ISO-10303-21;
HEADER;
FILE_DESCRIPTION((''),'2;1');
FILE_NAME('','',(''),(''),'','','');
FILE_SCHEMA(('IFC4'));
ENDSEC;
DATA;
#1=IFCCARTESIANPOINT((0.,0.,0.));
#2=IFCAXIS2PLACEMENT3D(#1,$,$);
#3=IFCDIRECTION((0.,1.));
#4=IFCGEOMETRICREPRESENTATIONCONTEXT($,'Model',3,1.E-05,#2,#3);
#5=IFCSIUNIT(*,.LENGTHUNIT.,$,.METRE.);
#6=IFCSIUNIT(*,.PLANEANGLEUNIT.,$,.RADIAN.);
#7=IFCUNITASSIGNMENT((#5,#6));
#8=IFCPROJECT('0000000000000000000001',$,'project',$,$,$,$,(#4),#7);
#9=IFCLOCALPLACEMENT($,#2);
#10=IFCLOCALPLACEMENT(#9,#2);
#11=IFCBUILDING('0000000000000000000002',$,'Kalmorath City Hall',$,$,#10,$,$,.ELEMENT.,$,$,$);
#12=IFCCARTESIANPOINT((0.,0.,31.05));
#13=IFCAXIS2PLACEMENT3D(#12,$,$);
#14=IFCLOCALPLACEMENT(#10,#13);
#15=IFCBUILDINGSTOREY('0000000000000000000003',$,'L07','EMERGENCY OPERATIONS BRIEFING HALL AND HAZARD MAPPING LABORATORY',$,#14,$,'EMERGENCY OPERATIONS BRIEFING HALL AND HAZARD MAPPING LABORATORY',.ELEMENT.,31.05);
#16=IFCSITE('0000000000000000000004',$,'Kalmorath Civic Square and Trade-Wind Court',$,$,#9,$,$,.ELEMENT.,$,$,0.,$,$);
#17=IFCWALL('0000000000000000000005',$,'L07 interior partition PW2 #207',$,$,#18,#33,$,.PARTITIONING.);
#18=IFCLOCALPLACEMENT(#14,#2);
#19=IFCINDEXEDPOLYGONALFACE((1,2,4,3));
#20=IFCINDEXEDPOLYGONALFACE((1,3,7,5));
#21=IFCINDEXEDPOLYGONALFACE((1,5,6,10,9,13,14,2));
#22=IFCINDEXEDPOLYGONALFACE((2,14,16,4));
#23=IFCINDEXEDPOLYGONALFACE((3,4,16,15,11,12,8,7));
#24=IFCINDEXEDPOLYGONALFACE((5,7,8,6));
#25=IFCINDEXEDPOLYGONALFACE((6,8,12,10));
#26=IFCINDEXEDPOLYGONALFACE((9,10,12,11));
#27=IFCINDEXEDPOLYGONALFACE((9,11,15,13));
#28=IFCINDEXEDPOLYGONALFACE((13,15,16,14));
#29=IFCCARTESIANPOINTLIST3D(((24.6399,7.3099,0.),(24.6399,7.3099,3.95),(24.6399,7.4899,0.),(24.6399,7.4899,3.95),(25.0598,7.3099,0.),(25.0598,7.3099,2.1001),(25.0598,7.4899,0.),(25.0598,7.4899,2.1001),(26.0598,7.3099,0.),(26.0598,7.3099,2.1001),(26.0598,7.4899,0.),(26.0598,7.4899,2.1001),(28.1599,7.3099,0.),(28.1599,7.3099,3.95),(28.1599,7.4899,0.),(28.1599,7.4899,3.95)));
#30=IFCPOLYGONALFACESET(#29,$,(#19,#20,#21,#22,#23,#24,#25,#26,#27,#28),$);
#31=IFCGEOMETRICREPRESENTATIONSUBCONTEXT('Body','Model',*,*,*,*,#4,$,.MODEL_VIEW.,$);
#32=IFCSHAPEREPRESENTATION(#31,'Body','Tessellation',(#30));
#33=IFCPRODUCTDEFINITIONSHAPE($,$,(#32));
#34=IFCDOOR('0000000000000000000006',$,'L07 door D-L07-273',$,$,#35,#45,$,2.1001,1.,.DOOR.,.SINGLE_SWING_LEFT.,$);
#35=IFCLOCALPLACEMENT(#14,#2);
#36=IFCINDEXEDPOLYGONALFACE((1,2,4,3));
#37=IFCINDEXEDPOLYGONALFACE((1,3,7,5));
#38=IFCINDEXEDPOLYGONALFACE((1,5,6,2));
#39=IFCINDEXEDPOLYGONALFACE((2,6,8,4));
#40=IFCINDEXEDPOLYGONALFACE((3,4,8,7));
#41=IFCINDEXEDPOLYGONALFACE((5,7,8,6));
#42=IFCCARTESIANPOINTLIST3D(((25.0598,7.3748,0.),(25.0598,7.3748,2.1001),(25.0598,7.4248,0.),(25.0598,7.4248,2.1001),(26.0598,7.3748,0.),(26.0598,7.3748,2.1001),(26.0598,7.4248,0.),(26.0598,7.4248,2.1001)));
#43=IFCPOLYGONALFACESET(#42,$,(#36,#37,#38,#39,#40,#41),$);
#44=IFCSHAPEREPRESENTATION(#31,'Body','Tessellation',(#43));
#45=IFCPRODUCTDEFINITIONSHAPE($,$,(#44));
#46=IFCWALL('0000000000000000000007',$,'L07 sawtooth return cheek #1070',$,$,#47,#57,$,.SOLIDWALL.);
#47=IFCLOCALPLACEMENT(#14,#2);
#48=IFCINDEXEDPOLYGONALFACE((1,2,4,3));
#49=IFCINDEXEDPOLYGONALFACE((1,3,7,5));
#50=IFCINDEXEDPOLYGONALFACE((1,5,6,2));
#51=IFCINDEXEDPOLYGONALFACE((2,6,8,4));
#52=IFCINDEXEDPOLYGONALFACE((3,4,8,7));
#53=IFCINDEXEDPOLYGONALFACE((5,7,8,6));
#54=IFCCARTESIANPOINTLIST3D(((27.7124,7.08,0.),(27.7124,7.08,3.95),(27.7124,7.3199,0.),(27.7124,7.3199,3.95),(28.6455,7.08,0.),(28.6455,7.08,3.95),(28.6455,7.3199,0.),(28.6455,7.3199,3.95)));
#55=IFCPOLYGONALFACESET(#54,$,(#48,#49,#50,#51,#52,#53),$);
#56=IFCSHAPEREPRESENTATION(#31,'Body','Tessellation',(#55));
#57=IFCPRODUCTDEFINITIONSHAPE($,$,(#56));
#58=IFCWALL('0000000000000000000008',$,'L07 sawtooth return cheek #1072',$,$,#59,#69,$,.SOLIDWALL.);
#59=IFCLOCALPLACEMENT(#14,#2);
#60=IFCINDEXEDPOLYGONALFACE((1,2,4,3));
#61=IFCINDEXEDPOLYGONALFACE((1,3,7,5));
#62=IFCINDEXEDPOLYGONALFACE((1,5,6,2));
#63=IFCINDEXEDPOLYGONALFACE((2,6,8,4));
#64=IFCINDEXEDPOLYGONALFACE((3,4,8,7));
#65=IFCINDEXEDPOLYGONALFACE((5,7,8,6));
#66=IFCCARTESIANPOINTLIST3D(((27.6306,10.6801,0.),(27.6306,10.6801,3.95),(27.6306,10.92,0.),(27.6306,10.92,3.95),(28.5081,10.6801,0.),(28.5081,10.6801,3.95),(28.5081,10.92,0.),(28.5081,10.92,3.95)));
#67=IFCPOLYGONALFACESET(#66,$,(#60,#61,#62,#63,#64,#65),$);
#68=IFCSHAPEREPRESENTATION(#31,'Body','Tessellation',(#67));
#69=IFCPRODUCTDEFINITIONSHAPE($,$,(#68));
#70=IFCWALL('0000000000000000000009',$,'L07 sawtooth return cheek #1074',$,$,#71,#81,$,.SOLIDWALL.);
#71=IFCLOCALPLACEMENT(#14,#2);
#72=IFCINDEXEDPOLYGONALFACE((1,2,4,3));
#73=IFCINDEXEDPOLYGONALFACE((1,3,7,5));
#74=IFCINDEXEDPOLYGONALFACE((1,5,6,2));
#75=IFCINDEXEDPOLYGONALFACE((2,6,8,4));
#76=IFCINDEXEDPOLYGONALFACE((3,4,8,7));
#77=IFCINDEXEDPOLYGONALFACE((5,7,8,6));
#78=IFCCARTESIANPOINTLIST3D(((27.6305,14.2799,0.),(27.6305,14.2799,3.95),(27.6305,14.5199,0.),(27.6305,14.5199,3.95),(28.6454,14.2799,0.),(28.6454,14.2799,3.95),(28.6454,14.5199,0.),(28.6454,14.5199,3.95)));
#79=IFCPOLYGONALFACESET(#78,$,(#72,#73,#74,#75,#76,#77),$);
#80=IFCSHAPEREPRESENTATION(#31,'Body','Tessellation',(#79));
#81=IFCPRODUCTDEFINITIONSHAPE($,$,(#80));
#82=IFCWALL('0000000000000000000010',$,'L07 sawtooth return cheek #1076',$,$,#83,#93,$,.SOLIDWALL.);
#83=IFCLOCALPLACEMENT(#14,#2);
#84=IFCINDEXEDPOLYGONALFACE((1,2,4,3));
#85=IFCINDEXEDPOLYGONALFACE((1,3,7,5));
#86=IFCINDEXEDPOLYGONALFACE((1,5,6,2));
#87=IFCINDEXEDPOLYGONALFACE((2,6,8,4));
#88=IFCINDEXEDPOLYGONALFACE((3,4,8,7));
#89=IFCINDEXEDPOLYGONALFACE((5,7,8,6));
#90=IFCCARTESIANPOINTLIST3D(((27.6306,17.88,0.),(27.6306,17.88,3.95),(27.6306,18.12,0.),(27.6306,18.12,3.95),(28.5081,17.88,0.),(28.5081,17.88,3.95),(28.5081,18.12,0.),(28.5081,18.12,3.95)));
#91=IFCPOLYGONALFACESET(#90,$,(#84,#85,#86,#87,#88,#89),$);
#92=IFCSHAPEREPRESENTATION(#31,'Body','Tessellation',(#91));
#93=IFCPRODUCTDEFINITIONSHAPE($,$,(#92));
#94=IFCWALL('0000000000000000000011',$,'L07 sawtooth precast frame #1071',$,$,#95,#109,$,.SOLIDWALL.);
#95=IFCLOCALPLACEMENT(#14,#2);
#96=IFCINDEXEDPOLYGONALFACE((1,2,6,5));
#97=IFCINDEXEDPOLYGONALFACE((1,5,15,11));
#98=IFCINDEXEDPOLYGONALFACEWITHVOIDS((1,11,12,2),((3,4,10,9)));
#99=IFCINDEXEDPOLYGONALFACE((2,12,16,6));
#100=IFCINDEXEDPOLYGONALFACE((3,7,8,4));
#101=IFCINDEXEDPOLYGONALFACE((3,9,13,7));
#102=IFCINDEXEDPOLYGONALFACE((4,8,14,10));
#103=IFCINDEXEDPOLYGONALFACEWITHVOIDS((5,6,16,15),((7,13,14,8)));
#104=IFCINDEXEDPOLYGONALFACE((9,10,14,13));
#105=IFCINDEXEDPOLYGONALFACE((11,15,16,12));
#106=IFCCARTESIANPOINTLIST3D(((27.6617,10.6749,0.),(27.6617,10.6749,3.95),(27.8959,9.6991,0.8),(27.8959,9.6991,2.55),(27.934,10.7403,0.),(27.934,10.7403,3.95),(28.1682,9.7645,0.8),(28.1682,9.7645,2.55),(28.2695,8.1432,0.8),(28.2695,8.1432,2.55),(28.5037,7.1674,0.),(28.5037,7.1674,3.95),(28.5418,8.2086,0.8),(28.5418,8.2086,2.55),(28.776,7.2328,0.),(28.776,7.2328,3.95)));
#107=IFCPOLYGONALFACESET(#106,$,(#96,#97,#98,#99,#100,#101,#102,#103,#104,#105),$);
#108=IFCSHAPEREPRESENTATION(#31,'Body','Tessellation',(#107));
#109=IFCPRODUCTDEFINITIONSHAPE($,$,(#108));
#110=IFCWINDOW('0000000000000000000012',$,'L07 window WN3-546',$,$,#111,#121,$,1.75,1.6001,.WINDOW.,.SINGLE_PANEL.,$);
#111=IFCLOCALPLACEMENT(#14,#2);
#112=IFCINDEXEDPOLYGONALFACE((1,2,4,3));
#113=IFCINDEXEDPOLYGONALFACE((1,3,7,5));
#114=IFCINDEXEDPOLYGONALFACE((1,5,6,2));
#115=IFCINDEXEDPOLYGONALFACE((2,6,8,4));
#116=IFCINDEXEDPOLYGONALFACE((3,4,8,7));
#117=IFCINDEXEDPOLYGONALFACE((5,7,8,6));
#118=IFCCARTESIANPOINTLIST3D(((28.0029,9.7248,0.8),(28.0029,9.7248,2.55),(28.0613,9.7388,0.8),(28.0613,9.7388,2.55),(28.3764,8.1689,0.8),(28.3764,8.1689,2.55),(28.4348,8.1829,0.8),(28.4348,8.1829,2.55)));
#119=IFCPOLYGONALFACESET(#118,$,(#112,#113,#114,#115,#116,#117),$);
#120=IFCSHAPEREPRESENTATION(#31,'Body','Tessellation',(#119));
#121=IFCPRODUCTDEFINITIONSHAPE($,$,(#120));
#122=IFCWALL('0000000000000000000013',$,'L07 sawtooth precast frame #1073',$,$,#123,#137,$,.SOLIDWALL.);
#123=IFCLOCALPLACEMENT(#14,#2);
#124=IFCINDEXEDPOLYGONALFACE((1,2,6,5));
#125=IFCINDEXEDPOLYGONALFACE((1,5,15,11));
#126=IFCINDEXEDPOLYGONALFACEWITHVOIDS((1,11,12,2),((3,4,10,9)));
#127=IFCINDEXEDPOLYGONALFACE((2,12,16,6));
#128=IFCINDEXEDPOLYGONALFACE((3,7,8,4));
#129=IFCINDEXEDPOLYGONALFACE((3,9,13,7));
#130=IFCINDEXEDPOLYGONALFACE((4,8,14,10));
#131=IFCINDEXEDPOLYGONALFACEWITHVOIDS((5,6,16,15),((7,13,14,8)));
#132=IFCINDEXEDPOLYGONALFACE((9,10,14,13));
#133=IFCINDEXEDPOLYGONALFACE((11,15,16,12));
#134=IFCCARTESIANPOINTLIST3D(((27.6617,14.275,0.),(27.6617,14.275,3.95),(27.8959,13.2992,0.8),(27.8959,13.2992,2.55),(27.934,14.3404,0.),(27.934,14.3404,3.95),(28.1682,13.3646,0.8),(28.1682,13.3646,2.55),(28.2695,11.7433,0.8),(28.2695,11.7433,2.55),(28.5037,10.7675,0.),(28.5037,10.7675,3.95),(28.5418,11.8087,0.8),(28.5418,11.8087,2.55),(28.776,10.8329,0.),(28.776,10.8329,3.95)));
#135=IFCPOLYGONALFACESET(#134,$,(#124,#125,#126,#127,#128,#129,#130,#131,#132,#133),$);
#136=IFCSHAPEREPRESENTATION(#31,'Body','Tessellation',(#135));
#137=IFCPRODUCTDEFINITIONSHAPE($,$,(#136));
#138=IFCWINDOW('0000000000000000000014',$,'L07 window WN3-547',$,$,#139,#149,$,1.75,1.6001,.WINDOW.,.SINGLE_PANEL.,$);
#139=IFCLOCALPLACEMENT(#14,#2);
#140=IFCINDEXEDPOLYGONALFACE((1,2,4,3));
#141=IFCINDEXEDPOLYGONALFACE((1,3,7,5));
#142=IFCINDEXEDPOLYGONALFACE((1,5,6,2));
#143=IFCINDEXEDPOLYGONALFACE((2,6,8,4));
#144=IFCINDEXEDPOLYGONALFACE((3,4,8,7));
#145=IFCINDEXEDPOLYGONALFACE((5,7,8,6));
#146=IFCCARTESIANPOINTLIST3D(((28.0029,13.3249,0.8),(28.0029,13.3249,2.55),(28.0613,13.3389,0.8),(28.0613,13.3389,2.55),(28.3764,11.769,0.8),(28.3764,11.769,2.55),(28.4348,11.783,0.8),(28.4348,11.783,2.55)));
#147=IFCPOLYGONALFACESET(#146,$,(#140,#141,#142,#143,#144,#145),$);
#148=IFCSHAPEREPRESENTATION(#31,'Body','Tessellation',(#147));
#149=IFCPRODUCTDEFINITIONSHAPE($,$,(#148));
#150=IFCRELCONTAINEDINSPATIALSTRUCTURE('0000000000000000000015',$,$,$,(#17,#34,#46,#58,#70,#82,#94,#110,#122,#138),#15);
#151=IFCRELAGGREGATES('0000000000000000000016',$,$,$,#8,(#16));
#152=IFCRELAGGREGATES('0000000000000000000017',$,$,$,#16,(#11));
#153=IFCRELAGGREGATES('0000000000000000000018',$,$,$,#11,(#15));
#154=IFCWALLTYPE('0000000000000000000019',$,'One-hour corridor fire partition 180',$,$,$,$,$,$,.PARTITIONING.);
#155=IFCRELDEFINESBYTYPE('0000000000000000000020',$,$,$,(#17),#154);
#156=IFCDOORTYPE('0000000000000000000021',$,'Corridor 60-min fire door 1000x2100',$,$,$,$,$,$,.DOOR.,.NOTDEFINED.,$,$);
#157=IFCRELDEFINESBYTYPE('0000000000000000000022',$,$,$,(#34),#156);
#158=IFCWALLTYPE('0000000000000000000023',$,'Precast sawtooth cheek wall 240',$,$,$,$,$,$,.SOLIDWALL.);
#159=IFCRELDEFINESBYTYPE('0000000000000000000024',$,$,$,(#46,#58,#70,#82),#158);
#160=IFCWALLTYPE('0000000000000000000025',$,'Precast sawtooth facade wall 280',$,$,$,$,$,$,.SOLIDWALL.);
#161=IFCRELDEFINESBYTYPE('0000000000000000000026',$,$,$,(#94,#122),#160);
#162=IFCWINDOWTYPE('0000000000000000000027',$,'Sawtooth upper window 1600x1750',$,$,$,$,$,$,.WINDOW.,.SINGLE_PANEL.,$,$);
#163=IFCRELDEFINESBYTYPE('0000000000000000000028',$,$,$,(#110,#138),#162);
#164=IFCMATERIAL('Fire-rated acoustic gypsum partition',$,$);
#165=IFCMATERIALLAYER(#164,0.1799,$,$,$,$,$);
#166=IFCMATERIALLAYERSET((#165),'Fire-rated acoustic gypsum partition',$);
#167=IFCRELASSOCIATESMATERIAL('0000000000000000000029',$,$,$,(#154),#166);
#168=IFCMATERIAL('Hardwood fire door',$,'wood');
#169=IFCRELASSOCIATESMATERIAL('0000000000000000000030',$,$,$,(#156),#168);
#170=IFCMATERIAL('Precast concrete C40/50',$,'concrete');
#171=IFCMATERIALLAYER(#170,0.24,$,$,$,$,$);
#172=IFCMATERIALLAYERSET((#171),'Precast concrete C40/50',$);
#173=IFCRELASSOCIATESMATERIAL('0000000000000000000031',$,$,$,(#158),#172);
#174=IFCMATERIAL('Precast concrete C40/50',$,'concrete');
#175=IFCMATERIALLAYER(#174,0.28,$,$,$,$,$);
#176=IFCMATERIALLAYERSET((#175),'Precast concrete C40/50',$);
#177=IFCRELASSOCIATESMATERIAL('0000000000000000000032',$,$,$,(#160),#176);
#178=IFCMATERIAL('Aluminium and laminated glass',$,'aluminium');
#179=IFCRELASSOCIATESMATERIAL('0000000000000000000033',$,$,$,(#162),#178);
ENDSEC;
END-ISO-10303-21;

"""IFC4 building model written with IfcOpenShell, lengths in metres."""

from ifc_helpers import new_model, si_unit, direction, frame, frame_2d, origin, place, context, subcontext, project, spatial, rectangle, extrude, material, layer, layer_set, type_object, element, fill, save


model = new_model("IFC4")

# Units and contexts
model_context = context("Model", 3, precision=1e-05, world=origin(), true_north=direction((0.0, 1.0)))
body_context = subcontext(model_context, "Body", "Model", "MODEL_VIEW")
ifc_project = project(units=[si_unit("LENGTHUNIT", "METRE"), si_unit("PLANEANGLEUNIT", "RADIAN")], contexts=[model_context])

# Site, building, storey
site_placement = place(None, origin())
site = spatial("IfcSite", under=ifc_project, at=site_placement, Name="Kalmorath Civic Square and Trade-Wind Court", CompositionType="ELEMENT", RefElevation=0.0)
building_placement = place(site_placement, origin())
building = spatial("IfcBuilding", under=site, at=building_placement, Name="Kalmorath City Hall", CompositionType="ELEMENT")
storey_placement = place(building_placement, frame((0.0, 0.0, 31.05)))
storey = spatial("IfcBuildingStorey", under=building, at=storey_placement, Name="L07", Description="EMERGENCY OPERATIONS BRIEFING HALL AND HAZARD MAPPING LABORATORY", LongName="EMERGENCY OPERATIONS BRIEFING HALL AND HAZARD MAPPING LABORATORY", CompositionType="ELEMENT", Elevation=31.05)

# Wall, opening, door
ifc_material_1 = material(Name="Fire-rated acoustic gypsum partition")
ifc_layer_1 = layer(ifc_material_1, 0.1799)
ifc_layer_set_1 = layer_set([ifc_layer_1], Name="Fire-rated acoustic gypsum partition")
wall_type_1 = type_object("IfcWallType", Name="One-hour corridor fire partition 180", PredefinedType="PARTITIONING", material=ifc_layer_set_1)
wall_1_placement = place(storey_placement, frame((24.6399, 7.3999, 0.0), z_axis=(0.0, 0.0, 1.0), x_axis=(1.0, 0.0, 0.0)))
wall_1 = element("IfcWall", 1, at=wall_1_placement, inside=storey, type_object=wall_type_1, Name="L07 interior partition PW2 #207", PredefinedType="PARTITIONING", context=body_context, shape_type="SweptSolid", body=[
    extrude(rectangle(XDim=3.52, YDim=0.1799, at=frame_2d((1.76, 0.0))), origin(), (0.0, 0.0, 1.0), 3.95),
])
opening_1_placement = place(wall_1_placement, frame((0.4199, 0.0, 0.0)))
opening_1 = element("IfcOpeningElement", 2, at=opening_1_placement, cuts=wall_1, PredefinedType="OPENING", context=body_context, shape_type="SweptSolid", body=[
    extrude(rectangle(XDim=1.0, YDim=2.1001, at=frame_2d((0.5, 1.05))), frame((0.0, 0.0999, 0.0), z_axis=(0.0, -1.0, 0.0), x_axis=(1.0, 0.0, 0.0)), (0.0, 0.0, 1.0), 0.2),
])
ifc_material_2 = material(Name="Hardwood fire door", Category="wood")
door_type_1 = type_object("IfcDoorType", Name="Corridor 60-min fire door 1000x2100", OperationType="NOTDEFINED", PredefinedType="DOOR", material=ifc_material_2)
door_1_placement = place(opening_1_placement, origin())
door_1 = element("IfcDoor", 3, at=door_1_placement, inside=storey, type_object=door_type_1, Name="L07 door D-L07-273", OperationType="SINGLE_SWING_LEFT", OverallHeight=2.1001, OverallWidth=1.0, PredefinedType="DOOR", context=body_context, shape_type="SweptSolid", body=[
    extrude(rectangle(XDim=1.0, YDim=2.1001, at=frame_2d((0.5, 1.05))), frame((0.0, 0.0249, 0.0), z_axis=(0.0, -1.0, 0.0), x_axis=(1.0, 0.0, 0.0)), (0.0, 0.0, 1.0), 0.05),
])
fill(opening_1, door_1)

# Walls
ifc_material_3 = material(Name="Precast concrete C40/50", Category="concrete")
ifc_layer_2 = layer(ifc_material_3, 0.24)
ifc_layer_set_2 = layer_set([ifc_layer_2], Name="Precast concrete C40/50")
wall_type_2 = type_object("IfcWallType", Name="Precast sawtooth cheek wall 240", PredefinedType="SOLIDWALL", material=ifc_layer_set_2)
wall_2_placement = place(storey_placement, frame((27.7124, 7.2, 0.0), z_axis=(0.0, 0.0, 1.0), x_axis=(1.0, 0.0, 0.0)))
element("IfcWall", 4, at=wall_2_placement, inside=storey, type_object=wall_type_2, Name="L07 sawtooth return cheek #1070", PredefinedType="SOLIDWALL", context=body_context, shape_type="SweptSolid", body=[
    extrude(rectangle(XDim=0.9331, YDim=0.24, at=frame_2d((0.4666, 0.0))), origin(), (0.0, 0.0, 1.0), 3.95),
])
wall_3_placement = place(storey_placement, frame((27.6306, 10.8, 0.0), z_axis=(0.0, 0.0, 1.0), x_axis=(1.0, 0.0, 0.0)))
element("IfcWall", 5, at=wall_3_placement, inside=storey, type_object=wall_type_2, Name="L07 sawtooth return cheek #1072", PredefinedType="SOLIDWALL", context=body_context, shape_type="SweptSolid", body=[
    extrude(rectangle(XDim=0.8774, YDim=0.24, at=frame_2d((0.4387, 0.0))), origin(), (0.0, 0.0, 1.0), 3.95),
])
wall_4_placement = place(storey_placement, frame((27.6306, 14.3999, 0.0), z_axis=(0.0, 0.0, 1.0), x_axis=(1.0, 0.0, 0.0)))
element("IfcWall", 6, at=wall_4_placement, inside=storey, type_object=wall_type_2, Name="L07 sawtooth return cheek #1074", PredefinedType="SOLIDWALL", context=body_context, shape_type="SweptSolid", body=[
    extrude(rectangle(XDim=1.0149, YDim=0.24, at=frame_2d((0.5073, 0.0))), origin(), (0.0, 0.0, 1.0), 3.95),
])
wall_5_placement = place(storey_placement, frame((27.6306, 18.0, 0.0), z_axis=(0.0, 0.0, 1.0), x_axis=(1.0, 0.0, 0.0)))
element("IfcWall", 7, at=wall_5_placement, inside=storey, type_object=wall_type_2, Name="L07 sawtooth return cheek #1076", PredefinedType="SOLIDWALL", context=body_context, shape_type="SweptSolid", body=[
    extrude(rectangle(XDim=0.8774, YDim=0.24, at=frame_2d((0.4387, 0.0))), origin(), (0.0, 0.0, 1.0), 3.95),
])

# Walls, openings, windows
ifc_material_4 = material(Name="Precast concrete C40/50", Category="concrete")
ifc_layer_3 = layer(ifc_material_4, 0.28)
ifc_layer_set_3 = layer_set([ifc_layer_3], Name="Precast concrete C40/50")
wall_type_3 = type_object("IfcWallType", Name="Precast sawtooth facade wall 280", PredefinedType="SOLIDWALL", material=ifc_layer_set_3)
wall_6_placement = place(storey_placement, frame((28.6399, 7.2, 0.0), z_axis=(0.0, 0.0, 1.0), x_axis=(-0.233432, 0.972373, 0.0)))
wall_6 = element("IfcWall", 8, at=wall_6_placement, inside=storey, type_object=wall_type_3, Name="L07 sawtooth precast frame #1071", PredefinedType="SOLIDWALL", context=body_context, shape_type="SweptSolid", body=[
    extrude(rectangle(XDim=3.6072, YDim=0.28, at=frame_2d((1.8037, 0.0))), origin(), (0.0, 0.0, 1.0), 3.95),
])
opening_2_placement = place(wall_6_placement, frame((1.0037, 0.0, 0.8)))
opening_2 = element("IfcOpeningElement", 9, at=opening_2_placement, cuts=wall_6, PredefinedType="OPENING", context=body_context, shape_type="SweptSolid", body=[
    extrude(rectangle(XDim=1.6001, YDim=1.75, at=frame_2d((0.8, 0.875))), frame((0.0, 0.1499, 0.0), z_axis=(0.0, -1.0, 0.0), x_axis=(1.0, 0.0, 0.0)), (0.0, 0.0, 1.0), 0.3),
])
ifc_material_5 = material(Name="Aluminium and laminated glass", Category="aluminium")
window_type = type_object("IfcWindowType", Name="Sawtooth upper window 1600x1750", PartitioningType="SINGLE_PANEL", PredefinedType="WINDOW", material=ifc_material_5)
window_1_placement = place(opening_2_placement, origin())
window_1 = element("IfcWindow", 10, at=window_1_placement, inside=storey, type_object=window_type, Name="L07 window WN3-546", OverallHeight=1.75, OverallWidth=1.6001, PartitioningType="SINGLE_PANEL", PredefinedType="WINDOW", context=body_context, shape_type="SweptSolid", body=[
    extrude(rectangle(XDim=1.6001, YDim=1.75, at=frame_2d((0.8, 0.875))), frame((0.0, 0.03, 0.0), z_axis=(0.0, -1.0, 0.0), x_axis=(1.0, 0.0, 0.0)), (0.0, 0.0, 1.0), 0.0601),
])
fill(opening_2, window_1)
wall_7_placement = place(storey_placement, frame((28.6399, 10.8, 0.0), z_axis=(0.0, 0.0, 1.0), x_axis=(-0.233432, 0.972373, 0.0)))
wall_7 = element("IfcWall", 11, at=wall_7_placement, inside=storey, type_object=wall_type_3, Name="L07 sawtooth precast frame #1073", PredefinedType="SOLIDWALL", context=body_context, shape_type="SweptSolid", body=[
    extrude(rectangle(XDim=3.6072, YDim=0.28, at=frame_2d((1.8037, 0.0))), origin(), (0.0, 0.0, 1.0), 3.95),
])
opening_3_placement = place(wall_7_placement, frame((1.0037, 0.0, 0.8)))
opening_3 = element("IfcOpeningElement", 12, at=opening_3_placement, cuts=wall_7, PredefinedType="OPENING", context=body_context, shape_type="SweptSolid", body=[
    extrude(rectangle(XDim=1.6001, YDim=1.75, at=frame_2d((0.8, 0.875))), frame((0.0, 0.1499, 0.0), z_axis=(0.0, -1.0, 0.0), x_axis=(1.0, 0.0, 0.0)), (0.0, 0.0, 1.0), 0.3),
])
window_2_placement = place(opening_3_placement, origin())
window_2 = element("IfcWindow", 13, at=window_2_placement, inside=storey, type_object=window_type, Name="L07 window WN3-547", OverallHeight=1.75, OverallWidth=1.6001, PartitioningType="SINGLE_PANEL", PredefinedType="WINDOW", context=body_context, shape_type="SweptSolid", body=[
    extrude(rectangle(XDim=1.6001, YDim=1.75, at=frame_2d((0.8, 0.875))), frame((0.0, 0.03, 0.0), z_axis=(0.0, -1.0, 0.0), x_axis=(1.0, 0.0, 0.0)), (0.0, 0.0, 1.0), 0.0601),
])
fill(opening_3, window_2)

save(model, "model.ifc")
